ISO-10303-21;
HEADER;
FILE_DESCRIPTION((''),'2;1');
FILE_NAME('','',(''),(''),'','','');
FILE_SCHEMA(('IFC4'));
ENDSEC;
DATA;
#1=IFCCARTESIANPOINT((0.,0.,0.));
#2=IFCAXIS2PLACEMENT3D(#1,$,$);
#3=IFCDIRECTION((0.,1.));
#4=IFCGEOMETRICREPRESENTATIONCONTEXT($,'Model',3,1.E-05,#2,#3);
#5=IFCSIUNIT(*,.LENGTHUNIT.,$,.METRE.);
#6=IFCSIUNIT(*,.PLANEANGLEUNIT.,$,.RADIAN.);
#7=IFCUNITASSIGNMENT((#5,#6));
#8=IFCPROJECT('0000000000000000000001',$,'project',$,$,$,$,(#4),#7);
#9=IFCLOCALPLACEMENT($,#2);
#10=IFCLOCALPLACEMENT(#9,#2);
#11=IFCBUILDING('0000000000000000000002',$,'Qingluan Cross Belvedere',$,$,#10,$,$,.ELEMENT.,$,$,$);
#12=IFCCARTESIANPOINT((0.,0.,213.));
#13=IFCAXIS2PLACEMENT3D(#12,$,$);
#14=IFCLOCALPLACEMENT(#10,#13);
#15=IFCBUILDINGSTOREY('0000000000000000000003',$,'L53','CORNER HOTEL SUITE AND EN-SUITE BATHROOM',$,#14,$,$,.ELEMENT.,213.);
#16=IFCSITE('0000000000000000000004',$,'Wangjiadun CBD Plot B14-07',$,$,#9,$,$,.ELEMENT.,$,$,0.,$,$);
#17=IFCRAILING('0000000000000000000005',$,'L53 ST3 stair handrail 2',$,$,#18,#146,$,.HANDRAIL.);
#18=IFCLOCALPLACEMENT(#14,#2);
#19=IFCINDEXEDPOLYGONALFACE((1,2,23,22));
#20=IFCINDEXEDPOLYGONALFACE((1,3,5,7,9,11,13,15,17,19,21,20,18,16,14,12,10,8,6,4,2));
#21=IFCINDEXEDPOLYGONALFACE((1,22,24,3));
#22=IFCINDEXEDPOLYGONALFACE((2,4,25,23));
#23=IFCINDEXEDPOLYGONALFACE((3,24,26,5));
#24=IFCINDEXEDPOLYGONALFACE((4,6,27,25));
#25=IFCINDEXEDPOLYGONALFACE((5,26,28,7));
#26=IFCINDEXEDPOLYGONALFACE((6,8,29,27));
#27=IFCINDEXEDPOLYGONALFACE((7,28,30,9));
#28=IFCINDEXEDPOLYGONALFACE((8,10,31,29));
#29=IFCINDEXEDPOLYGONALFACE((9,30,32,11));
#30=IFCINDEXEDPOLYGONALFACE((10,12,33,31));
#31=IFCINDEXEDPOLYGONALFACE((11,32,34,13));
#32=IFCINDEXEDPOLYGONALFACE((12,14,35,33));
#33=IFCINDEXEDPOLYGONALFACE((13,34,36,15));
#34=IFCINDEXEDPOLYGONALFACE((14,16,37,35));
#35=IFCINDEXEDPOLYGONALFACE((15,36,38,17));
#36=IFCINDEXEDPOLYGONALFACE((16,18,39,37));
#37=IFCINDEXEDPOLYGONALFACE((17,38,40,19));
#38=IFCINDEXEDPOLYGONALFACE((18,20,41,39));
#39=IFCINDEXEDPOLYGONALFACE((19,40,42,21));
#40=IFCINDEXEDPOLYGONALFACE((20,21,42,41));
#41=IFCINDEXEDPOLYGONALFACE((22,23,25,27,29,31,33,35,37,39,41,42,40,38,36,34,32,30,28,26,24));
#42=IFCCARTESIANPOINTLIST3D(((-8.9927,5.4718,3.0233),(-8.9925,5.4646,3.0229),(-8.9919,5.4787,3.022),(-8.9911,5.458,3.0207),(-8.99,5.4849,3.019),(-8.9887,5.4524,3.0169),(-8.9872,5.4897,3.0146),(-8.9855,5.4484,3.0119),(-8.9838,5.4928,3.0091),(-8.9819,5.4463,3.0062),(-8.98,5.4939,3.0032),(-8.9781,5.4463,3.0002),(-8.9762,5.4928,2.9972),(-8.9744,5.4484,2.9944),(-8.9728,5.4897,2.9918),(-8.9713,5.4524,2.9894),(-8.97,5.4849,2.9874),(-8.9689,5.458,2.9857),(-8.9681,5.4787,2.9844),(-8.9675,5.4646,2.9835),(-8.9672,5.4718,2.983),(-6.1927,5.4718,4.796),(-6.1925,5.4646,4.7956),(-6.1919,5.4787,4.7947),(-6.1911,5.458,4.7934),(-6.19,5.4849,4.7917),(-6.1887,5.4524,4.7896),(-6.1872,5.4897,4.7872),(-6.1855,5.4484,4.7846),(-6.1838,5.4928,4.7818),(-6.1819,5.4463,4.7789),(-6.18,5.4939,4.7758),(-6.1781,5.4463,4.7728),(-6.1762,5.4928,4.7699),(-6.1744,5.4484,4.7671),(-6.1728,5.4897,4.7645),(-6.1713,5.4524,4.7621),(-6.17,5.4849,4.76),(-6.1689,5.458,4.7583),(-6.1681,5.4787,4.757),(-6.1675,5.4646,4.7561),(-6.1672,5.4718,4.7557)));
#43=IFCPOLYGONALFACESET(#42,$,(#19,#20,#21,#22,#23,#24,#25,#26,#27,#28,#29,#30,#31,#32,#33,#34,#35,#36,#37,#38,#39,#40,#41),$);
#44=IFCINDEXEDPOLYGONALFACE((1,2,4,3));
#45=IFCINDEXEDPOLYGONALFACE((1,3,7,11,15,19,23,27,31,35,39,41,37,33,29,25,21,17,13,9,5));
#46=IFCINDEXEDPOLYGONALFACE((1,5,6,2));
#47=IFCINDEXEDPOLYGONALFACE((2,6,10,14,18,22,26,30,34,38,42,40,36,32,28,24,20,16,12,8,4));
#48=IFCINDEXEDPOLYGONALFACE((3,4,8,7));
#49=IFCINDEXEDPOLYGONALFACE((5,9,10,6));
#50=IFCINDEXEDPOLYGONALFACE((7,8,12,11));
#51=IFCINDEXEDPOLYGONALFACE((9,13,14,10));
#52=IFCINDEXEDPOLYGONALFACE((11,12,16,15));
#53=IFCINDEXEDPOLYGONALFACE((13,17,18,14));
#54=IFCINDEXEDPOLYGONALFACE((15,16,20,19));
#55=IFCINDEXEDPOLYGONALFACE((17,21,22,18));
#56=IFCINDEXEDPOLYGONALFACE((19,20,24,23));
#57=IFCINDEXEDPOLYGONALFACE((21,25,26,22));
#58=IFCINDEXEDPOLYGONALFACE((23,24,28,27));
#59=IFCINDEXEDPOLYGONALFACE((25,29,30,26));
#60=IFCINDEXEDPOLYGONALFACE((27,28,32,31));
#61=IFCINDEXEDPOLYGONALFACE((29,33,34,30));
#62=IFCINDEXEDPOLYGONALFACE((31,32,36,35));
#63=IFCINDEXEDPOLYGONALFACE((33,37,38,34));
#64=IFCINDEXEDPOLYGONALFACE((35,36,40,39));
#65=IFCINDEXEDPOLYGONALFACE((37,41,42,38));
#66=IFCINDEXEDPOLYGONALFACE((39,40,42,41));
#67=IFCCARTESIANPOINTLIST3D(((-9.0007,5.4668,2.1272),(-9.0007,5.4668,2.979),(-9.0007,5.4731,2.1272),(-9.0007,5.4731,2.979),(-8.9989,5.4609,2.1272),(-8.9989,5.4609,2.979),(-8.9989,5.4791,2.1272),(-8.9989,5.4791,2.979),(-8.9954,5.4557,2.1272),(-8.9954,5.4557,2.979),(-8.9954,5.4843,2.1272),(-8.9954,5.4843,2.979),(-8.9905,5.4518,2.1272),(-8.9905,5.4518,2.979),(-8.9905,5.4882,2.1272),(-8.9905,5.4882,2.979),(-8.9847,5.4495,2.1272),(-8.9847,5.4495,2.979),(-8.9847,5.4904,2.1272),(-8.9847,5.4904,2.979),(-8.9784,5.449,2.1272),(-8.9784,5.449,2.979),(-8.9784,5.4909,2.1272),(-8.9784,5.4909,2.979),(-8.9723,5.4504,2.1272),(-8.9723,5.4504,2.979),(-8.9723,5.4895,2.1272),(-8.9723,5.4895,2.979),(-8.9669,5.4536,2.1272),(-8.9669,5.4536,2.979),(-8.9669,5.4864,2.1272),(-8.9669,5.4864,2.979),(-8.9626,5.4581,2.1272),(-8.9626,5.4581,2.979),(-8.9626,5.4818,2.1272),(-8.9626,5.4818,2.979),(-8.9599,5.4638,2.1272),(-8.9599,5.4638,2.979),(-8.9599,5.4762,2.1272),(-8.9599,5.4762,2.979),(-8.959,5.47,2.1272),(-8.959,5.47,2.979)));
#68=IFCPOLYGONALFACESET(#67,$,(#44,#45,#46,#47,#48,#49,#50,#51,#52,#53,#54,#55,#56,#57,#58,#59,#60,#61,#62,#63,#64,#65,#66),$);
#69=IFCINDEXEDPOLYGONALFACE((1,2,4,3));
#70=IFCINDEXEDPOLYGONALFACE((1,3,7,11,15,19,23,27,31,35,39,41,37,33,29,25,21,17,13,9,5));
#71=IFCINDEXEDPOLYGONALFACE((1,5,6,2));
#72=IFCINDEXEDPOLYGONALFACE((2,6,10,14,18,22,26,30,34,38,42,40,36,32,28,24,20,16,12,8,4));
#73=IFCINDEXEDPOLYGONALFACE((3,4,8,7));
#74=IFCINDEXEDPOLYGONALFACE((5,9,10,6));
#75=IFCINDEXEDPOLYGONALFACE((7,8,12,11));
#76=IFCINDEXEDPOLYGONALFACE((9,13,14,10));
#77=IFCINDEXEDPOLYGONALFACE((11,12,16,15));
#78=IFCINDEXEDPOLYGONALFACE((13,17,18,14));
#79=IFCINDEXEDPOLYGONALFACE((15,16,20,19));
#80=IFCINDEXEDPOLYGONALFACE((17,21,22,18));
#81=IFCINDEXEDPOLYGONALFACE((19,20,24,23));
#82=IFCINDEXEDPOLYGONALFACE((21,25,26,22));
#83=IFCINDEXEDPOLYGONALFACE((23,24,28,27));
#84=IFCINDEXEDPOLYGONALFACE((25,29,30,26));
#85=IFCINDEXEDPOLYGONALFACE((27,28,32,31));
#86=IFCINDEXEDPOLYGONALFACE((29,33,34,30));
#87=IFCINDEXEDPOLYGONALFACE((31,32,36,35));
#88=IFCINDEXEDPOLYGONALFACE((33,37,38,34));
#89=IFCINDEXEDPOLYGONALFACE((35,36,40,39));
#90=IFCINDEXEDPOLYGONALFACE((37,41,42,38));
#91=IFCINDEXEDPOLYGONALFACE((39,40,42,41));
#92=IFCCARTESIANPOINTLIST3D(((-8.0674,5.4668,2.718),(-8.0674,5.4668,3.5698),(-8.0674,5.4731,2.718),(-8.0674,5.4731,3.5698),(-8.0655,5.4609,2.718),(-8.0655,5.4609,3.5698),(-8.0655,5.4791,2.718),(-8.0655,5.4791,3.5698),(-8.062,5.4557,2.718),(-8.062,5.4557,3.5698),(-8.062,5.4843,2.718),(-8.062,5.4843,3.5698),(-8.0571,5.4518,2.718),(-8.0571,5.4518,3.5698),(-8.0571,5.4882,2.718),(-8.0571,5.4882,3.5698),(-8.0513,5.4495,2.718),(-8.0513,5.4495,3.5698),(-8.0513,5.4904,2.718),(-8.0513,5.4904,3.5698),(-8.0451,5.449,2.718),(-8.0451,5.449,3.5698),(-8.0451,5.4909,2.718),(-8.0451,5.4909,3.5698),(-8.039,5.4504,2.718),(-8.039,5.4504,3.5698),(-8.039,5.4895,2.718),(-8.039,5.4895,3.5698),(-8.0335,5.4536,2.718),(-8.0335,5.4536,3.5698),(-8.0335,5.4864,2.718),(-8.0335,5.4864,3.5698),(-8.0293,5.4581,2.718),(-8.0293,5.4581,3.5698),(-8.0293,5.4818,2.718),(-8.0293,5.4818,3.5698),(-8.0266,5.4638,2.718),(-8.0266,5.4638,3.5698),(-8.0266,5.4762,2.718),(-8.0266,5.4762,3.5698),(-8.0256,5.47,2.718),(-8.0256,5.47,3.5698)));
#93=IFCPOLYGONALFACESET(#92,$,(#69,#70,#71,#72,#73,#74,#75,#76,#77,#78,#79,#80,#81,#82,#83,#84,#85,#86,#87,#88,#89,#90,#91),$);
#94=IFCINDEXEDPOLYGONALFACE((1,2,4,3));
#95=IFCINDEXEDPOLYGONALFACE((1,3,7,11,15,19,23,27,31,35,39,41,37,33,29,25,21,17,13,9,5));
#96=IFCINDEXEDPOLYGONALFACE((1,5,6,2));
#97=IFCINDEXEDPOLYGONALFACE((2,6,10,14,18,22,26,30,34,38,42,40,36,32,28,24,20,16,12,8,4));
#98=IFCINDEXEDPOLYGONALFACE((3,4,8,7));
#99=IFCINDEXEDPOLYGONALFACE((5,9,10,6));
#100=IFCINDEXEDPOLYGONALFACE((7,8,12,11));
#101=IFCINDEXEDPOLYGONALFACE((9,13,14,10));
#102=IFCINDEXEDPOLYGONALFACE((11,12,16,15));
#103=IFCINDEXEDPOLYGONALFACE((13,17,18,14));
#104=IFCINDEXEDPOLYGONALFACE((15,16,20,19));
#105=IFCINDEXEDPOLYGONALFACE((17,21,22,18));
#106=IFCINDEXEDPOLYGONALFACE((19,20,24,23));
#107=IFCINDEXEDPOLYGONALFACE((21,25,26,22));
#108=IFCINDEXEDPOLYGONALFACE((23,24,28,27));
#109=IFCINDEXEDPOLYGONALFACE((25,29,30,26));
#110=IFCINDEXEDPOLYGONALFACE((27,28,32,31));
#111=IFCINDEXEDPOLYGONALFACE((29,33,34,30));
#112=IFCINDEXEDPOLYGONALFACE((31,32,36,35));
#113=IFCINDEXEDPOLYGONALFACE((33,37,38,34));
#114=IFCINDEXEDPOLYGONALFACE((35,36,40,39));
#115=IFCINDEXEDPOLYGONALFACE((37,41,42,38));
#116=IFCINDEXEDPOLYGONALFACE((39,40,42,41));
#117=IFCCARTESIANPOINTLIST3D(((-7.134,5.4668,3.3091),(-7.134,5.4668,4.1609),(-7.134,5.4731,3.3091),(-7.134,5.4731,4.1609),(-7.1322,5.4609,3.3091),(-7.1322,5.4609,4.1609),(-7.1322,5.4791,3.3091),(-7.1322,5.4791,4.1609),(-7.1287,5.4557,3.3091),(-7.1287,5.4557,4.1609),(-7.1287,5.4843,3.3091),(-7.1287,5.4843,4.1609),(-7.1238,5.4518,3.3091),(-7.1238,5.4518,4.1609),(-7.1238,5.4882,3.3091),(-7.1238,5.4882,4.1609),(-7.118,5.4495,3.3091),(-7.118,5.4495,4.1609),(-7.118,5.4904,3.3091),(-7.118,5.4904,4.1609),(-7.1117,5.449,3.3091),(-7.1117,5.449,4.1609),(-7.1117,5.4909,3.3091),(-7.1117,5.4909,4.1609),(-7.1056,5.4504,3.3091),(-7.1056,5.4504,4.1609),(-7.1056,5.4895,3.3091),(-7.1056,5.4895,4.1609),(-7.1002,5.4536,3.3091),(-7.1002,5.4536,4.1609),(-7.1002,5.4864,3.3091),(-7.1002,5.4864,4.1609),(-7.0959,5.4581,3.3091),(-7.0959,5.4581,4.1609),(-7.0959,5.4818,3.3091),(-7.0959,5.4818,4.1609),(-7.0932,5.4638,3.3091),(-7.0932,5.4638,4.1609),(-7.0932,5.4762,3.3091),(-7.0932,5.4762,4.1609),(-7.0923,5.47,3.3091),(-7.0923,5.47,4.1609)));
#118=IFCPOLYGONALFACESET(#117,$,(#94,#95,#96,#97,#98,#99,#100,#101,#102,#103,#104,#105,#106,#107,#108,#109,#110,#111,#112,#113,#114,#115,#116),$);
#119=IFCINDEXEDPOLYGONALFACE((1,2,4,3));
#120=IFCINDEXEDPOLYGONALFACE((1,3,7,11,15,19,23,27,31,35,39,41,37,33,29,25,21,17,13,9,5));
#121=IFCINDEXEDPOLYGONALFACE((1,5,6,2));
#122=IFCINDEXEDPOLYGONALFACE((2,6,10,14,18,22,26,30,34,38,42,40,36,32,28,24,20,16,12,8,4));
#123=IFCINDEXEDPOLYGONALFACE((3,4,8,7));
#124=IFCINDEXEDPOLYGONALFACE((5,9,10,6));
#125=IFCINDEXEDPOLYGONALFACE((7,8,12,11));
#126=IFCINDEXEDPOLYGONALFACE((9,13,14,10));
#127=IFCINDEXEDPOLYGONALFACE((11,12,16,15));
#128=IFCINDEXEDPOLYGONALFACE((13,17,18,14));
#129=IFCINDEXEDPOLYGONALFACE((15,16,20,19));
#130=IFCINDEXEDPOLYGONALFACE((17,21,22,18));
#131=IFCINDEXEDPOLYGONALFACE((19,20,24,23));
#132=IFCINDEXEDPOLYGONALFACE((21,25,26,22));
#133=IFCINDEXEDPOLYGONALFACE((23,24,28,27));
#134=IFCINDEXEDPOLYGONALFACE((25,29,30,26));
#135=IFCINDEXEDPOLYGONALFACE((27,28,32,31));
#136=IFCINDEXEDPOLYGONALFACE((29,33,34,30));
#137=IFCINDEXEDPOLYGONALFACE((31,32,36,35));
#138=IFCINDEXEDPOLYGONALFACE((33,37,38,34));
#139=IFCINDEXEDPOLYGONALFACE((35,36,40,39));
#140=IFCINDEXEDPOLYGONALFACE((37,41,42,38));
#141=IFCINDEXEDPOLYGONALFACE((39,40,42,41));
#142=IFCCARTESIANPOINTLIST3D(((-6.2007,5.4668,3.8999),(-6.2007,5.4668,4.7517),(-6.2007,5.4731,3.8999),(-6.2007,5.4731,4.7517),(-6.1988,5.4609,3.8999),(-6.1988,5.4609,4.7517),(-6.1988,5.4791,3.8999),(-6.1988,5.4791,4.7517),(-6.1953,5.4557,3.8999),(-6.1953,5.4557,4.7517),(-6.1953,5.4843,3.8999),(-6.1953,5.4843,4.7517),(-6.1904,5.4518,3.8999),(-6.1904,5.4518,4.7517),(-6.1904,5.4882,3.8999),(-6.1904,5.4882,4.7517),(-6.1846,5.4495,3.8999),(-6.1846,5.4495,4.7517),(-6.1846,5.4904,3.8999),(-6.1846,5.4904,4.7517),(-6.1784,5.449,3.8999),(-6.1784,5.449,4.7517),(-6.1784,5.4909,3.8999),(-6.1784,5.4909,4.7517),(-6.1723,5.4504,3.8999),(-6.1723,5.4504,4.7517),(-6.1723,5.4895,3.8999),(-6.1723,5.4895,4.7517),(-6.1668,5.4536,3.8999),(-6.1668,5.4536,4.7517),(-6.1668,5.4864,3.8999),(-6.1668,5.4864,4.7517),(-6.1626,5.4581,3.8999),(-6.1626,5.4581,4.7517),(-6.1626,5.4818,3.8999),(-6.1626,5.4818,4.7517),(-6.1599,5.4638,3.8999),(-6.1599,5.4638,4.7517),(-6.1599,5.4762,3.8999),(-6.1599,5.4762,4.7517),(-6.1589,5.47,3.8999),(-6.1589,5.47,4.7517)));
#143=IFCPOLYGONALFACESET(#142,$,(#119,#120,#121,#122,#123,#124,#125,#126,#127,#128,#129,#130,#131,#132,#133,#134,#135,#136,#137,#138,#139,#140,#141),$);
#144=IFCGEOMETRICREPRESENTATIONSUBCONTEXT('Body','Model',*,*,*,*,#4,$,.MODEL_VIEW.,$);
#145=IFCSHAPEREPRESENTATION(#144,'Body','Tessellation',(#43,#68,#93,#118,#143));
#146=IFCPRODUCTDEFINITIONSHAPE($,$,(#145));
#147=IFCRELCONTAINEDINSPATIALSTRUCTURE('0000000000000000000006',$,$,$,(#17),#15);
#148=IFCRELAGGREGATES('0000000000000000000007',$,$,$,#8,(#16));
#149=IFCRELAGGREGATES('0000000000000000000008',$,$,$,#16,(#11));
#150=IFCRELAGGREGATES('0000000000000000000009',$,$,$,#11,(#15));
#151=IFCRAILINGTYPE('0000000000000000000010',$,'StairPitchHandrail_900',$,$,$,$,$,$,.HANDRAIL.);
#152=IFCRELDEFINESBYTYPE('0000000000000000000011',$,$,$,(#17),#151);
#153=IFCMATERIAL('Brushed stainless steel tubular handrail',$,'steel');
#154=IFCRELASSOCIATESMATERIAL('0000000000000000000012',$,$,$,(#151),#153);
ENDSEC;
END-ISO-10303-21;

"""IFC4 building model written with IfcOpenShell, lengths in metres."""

from ifc_helpers import new_model, si_unit, direction, frame, origin, origin_2d, place, context, subcontext, project, spatial, circle, extrude, material, type_object, element, save


model = new_model("IFC4")

# Units and contexts
model_context = context("Model", 3, precision=1e-05, world=origin(), true_north=direction((0.0, 1.0)))
body_context = subcontext(model_context, "Body", "Model", "MODEL_VIEW")
ifc_project = project(units=[si_unit("LENGTHUNIT", "METRE"), si_unit("PLANEANGLEUNIT", "RADIAN")], contexts=[model_context])

# Site, building, storey
site_placement = place(None, origin())
site = spatial("IfcSite", under=ifc_project, at=site_placement, Name="Wangjiadun CBD Plot B14-07", CompositionType="ELEMENT", RefElevation=0.0)
building_placement = place(site_placement, origin())
building = spatial("IfcBuilding", under=site, at=building_placement, Name="Qingluan Cross Belvedere", CompositionType="ELEMENT")
storey_placement = place(building_placement, frame((0.0, 0.0, 213.0)))
storey = spatial("IfcBuildingStorey", under=building, at=storey_placement, Name="L53", Description="CORNER HOTEL SUITE AND EN-SUITE BATHROOM", CompositionType="ELEMENT", Elevation=213.0)

# Railing
ifc_material_1 = material(Name="Brushed stainless steel tubular handrail", Category="steel")
railing_type_1 = type_object("IfcRailingType", Name="StairPitchHandrail_900", PredefinedType="HANDRAIL", material=ifc_material_1)
railing_1_placement = place(storey_placement, frame((-8.98, 5.47, 2.1272)))
element("IfcRailing", 1, at=railing_1_placement, inside=storey, type_object=railing_type_1, Name="L53 ST3 stair handrail 2", PredefinedType="HANDRAIL", context=body_context, shape_type="SweptSolid", body=[
    extrude(circle(Radius=0.0239, at=origin_2d()), frame((0.0, 0.0, 0.876), z_axis=(0.844909, 0.0, 0.53491), x_axis=(0.0, 1.0, 0.0)), (0.0, 0.0, 1.0), 3.314),
    extrude(circle(Radius=0.021, at=origin_2d()), origin(), (0.0, 0.0, 1.0), 0.8518),
    extrude(circle(Radius=0.021, at=origin_2d()), frame((0.9333, 0.0, 0.5908)), (0.0, 0.0, 1.0), 0.8518),
    extrude(circle(Radius=0.021, at=origin_2d()), frame((1.8667, 0.0, 1.1819)), (0.0, 0.0, 1.0), 0.8518),
    extrude(circle(Radius=0.021, at=origin_2d()), frame((2.8, 0.0, 1.7727)), (0.0, 0.0, 1.0), 0.8518),
])

save(model, "model.ifc")
